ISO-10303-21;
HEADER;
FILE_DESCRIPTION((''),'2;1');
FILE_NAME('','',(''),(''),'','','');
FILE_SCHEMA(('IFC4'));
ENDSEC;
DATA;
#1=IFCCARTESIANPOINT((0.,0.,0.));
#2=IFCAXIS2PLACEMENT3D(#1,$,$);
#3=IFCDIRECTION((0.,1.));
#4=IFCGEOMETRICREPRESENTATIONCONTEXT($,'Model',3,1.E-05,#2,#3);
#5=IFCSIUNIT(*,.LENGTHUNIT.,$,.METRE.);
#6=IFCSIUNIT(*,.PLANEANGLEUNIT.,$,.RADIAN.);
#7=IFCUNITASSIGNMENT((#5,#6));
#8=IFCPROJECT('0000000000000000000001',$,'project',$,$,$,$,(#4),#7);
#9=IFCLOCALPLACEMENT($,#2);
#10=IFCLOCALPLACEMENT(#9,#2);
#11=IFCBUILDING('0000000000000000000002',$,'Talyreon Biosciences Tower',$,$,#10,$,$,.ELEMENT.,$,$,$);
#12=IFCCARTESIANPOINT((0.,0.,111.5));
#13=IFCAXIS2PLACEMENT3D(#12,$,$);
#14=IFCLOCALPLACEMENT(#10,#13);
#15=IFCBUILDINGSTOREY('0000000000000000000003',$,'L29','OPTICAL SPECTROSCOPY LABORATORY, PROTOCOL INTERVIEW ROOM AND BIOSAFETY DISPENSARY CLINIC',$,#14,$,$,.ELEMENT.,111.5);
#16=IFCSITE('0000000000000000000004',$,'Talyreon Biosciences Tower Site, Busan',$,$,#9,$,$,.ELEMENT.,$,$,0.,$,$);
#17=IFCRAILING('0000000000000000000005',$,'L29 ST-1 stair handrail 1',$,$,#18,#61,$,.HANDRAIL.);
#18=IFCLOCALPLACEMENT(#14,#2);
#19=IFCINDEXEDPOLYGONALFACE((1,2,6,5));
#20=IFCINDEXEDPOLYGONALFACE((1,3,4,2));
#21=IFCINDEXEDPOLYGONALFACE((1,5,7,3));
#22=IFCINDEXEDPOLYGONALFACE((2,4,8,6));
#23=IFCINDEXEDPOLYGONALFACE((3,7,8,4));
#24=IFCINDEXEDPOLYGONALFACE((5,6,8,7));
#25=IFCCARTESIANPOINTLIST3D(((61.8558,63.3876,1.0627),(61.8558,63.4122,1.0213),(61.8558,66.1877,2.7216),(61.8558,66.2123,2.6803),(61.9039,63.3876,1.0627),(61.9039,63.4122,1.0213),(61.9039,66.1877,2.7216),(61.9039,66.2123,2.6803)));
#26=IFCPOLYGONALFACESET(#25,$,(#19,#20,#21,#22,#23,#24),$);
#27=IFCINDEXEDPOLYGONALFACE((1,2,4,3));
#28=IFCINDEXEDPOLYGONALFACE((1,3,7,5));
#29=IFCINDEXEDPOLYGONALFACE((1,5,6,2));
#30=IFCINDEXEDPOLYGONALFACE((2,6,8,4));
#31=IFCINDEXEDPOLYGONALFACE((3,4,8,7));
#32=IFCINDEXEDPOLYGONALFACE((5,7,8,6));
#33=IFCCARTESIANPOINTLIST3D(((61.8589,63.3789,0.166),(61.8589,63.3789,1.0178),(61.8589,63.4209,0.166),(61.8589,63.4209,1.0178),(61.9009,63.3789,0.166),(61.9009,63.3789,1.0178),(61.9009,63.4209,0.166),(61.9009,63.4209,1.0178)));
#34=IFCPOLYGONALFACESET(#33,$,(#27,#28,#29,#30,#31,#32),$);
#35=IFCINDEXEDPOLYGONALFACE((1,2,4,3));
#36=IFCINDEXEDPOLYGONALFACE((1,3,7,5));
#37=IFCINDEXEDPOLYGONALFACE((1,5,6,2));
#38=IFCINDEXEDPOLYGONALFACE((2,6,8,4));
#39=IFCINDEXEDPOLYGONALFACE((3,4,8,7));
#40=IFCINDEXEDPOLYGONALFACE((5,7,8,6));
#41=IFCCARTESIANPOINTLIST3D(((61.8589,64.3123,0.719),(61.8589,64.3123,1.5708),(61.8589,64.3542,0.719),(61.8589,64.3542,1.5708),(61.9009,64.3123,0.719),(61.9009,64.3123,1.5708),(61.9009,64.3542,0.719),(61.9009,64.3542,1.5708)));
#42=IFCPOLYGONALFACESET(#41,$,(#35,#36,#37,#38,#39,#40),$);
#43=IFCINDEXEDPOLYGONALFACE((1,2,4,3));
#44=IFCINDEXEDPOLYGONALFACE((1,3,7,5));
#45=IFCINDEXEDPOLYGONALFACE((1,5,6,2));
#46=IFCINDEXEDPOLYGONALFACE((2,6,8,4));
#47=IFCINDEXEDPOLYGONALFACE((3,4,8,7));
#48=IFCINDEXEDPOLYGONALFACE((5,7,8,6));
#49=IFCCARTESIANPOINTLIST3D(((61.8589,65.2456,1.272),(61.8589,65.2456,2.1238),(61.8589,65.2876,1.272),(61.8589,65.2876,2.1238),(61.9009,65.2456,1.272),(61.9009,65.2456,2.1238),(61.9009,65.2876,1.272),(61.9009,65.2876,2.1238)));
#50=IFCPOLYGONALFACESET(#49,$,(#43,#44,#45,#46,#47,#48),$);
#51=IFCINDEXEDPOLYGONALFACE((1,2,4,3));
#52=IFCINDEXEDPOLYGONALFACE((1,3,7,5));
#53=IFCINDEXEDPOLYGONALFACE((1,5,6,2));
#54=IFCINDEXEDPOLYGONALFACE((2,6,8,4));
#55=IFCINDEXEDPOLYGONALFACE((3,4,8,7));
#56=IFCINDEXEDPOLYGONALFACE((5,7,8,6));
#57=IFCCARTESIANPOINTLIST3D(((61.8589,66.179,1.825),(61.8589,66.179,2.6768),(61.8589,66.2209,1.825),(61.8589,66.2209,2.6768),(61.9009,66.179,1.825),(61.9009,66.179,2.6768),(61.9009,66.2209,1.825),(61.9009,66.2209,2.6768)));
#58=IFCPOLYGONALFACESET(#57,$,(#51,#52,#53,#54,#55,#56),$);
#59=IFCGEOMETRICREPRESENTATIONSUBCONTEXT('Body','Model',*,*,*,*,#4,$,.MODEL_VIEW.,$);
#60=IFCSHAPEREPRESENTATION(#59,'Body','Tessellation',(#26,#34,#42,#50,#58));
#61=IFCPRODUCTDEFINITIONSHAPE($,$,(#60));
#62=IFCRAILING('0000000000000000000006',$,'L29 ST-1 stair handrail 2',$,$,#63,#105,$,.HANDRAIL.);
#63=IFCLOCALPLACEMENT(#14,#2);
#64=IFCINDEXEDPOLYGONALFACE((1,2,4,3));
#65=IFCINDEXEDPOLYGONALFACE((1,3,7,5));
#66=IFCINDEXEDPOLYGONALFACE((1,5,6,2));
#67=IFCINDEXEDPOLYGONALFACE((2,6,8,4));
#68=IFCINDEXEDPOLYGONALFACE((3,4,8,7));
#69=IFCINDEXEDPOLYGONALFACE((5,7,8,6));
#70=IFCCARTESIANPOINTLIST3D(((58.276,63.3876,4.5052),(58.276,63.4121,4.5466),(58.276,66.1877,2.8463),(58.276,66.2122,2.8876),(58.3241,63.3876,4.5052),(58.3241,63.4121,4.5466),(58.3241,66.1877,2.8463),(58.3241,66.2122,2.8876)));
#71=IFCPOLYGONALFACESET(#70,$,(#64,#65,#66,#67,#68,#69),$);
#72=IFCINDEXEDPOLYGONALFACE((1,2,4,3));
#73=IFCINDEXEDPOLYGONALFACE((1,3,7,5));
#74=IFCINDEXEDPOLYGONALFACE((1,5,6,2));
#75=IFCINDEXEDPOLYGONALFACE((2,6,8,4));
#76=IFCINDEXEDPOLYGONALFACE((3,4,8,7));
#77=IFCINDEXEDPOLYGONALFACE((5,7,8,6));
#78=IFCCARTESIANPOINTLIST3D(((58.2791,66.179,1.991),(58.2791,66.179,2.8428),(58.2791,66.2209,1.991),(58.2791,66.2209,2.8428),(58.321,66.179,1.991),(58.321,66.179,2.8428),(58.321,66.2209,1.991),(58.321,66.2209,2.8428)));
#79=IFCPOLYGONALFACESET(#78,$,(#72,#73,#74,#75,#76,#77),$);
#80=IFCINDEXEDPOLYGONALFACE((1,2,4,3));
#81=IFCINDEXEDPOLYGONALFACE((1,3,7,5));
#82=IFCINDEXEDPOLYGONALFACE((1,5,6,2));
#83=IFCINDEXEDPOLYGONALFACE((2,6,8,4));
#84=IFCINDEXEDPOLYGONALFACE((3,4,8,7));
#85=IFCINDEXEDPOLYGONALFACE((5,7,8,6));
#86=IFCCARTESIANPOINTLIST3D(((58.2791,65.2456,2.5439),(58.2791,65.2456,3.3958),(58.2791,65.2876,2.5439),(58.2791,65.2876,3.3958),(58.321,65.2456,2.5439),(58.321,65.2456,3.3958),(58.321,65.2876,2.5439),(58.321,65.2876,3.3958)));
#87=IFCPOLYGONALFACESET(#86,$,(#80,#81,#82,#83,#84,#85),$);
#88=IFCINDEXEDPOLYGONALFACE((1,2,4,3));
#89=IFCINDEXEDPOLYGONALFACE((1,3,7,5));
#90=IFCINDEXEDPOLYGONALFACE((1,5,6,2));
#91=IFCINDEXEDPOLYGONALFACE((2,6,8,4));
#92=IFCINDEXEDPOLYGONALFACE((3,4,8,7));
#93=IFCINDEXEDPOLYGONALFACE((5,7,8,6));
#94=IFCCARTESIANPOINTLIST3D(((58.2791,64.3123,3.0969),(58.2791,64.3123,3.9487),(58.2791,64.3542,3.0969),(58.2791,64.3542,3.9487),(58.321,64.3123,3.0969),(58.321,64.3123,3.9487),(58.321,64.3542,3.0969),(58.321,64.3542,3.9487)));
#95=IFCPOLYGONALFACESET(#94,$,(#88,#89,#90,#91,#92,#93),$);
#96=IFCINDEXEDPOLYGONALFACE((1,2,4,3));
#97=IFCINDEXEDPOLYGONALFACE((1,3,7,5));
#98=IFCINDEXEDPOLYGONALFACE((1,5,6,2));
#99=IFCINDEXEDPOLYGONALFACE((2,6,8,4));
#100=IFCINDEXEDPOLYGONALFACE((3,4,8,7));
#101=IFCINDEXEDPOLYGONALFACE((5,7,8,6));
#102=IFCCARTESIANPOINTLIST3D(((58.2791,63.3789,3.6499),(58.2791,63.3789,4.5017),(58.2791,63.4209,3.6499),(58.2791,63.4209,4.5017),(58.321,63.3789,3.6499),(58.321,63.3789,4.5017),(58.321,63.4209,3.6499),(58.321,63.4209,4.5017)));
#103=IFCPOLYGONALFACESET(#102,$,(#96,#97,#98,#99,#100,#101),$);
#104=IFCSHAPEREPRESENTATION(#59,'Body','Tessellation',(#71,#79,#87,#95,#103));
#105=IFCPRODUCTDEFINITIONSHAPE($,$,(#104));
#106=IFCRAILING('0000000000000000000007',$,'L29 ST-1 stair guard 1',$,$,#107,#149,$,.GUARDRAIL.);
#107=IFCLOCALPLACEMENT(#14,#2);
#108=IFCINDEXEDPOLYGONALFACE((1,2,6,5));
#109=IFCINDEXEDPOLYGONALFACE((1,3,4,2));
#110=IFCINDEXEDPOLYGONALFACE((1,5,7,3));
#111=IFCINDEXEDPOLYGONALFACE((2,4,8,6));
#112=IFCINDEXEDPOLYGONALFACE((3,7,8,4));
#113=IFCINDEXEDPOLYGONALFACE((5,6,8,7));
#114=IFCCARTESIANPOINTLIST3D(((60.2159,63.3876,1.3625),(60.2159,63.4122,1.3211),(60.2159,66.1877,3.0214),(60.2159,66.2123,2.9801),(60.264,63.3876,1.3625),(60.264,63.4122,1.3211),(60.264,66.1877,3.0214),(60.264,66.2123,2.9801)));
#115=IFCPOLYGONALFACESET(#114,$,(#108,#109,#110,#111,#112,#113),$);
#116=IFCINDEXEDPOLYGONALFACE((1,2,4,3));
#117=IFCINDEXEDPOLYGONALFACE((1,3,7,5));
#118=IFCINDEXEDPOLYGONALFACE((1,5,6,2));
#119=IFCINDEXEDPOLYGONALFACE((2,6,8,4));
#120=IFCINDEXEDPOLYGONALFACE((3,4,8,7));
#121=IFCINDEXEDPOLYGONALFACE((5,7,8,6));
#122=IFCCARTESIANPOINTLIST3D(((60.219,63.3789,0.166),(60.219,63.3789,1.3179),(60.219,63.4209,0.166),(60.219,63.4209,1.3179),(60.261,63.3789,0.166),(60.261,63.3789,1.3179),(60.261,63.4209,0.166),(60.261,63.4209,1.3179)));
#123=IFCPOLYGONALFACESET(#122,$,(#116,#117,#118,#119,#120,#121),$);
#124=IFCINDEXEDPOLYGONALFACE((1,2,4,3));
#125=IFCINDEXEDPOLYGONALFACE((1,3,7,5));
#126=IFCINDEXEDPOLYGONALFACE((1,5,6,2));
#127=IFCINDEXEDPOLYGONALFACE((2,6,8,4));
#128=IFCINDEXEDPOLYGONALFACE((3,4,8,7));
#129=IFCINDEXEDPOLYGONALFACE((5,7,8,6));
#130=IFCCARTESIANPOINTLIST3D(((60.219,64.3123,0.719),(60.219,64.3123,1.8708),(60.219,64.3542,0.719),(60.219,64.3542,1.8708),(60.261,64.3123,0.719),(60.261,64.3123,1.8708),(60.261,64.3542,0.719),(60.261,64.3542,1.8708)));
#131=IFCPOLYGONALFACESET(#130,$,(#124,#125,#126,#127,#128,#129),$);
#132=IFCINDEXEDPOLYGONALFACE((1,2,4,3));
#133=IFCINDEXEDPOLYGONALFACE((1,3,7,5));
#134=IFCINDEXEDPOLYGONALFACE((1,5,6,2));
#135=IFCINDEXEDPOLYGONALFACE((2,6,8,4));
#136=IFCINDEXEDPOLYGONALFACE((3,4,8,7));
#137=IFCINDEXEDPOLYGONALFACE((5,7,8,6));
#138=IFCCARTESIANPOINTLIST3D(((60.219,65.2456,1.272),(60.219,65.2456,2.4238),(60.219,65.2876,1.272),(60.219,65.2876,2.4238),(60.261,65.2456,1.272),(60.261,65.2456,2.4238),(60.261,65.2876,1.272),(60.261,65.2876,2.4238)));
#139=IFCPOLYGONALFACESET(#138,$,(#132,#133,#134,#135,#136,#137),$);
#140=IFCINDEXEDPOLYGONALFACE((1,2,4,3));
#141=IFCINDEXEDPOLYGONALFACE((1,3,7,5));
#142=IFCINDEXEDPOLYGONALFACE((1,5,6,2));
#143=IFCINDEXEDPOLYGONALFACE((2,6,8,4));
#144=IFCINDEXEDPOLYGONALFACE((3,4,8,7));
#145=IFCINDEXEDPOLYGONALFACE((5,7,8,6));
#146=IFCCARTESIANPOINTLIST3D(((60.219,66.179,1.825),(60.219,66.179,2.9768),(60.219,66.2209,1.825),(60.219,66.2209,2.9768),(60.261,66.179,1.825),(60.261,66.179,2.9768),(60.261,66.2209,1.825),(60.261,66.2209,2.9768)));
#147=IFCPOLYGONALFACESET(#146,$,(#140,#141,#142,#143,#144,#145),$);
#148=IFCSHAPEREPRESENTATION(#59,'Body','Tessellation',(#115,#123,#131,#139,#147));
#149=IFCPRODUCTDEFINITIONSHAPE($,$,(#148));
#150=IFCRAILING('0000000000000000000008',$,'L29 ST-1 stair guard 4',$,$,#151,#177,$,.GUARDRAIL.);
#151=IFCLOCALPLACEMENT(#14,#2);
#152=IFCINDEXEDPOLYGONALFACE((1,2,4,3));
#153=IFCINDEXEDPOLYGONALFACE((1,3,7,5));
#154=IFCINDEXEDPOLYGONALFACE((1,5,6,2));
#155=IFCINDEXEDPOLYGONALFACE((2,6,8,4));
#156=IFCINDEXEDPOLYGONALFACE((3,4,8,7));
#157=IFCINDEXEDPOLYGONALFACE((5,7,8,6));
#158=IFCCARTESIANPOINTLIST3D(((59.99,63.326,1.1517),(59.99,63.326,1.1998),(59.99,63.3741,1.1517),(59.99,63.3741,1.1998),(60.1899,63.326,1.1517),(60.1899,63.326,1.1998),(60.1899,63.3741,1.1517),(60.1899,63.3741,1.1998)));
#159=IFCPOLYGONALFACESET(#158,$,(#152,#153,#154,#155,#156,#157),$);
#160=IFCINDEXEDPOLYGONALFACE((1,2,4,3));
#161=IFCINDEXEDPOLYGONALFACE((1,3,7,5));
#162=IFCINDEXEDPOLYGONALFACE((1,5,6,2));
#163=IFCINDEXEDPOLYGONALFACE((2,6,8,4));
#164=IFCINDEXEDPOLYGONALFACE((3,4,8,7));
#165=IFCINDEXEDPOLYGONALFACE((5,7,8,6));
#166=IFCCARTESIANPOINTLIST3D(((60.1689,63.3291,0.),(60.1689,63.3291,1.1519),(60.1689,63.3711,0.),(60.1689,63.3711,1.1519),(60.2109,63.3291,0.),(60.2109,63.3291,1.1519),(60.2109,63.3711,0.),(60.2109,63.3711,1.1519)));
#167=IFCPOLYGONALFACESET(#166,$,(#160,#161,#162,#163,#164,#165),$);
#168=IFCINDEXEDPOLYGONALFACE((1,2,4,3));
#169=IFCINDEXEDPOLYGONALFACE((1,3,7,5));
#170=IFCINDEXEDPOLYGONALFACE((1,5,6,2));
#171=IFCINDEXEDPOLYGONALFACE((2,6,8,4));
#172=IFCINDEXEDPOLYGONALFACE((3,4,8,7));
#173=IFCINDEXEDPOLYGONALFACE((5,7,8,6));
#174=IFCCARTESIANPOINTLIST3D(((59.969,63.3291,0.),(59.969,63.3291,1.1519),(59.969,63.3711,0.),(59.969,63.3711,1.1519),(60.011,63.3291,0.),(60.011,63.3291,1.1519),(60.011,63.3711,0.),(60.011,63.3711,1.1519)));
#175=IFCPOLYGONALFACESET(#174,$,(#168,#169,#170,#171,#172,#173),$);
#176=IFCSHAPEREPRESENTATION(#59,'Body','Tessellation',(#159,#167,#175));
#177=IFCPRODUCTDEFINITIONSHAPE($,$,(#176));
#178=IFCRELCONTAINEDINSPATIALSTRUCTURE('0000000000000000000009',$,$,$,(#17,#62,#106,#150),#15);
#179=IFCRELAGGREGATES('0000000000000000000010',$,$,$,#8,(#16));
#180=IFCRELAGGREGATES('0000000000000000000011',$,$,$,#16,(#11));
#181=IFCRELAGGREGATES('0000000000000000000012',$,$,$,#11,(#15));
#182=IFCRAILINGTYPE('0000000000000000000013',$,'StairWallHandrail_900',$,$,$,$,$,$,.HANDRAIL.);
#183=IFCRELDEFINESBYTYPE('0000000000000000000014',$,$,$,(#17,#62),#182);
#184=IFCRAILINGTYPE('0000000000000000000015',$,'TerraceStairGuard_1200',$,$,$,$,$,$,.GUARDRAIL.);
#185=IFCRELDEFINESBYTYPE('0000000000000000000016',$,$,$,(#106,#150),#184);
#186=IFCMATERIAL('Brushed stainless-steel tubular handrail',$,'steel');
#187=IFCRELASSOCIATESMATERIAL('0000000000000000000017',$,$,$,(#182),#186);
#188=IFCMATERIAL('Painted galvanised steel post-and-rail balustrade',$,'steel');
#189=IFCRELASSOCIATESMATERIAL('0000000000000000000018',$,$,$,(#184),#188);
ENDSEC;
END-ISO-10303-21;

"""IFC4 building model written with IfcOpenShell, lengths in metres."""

from ifc_helpers import new_model, si_unit, direction, frame, origin, origin_2d, place, context, subcontext, project, spatial, rectangle, extrude, material, type_object, element, save


model = new_model("IFC4")

# Units and contexts
model_context = context("Model", 3, precision=1e-05, world=origin(), true_north=direction((0.0, 1.0)))
body_context = subcontext(model_context, "Body", "Model", "MODEL_VIEW")
ifc_project = project(units=[si_unit("LENGTHUNIT", "METRE"), si_unit("PLANEANGLEUNIT", "RADIAN")], contexts=[model_context])

# Site, building, storey
site_placement = place(None, origin())
site = spatial("IfcSite", under=ifc_project, at=site_placement, Name="Talyreon Biosciences Tower Site, Busan", CompositionType="ELEMENT", RefElevation=0.0)
building_placement = place(site_placement, origin())
building = spatial("IfcBuilding", under=site, at=building_placement, Name="Talyreon Biosciences Tower", CompositionType="ELEMENT")
storey_placement = place(building_placement, frame((0.0, 0.0, 111.5)))
storey = spatial("IfcBuildingStorey", under=building, at=storey_placement, Name="L29", Description="OPTICAL SPECTROSCOPY LABORATORY, PROTOCOL INTERVIEW ROOM AND BIOSAFETY DISPENSARY CLINIC", CompositionType="ELEMENT", Elevation=111.5)

# Railings
ifc_material_1 = material(Name="Brushed stainless-steel tubular handrail", Category="steel")
railing_type_1 = type_object("IfcRailingType", Name="StairWallHandrail_900", PredefinedType="HANDRAIL", material=ifc_material_1)
railing_1_placement = place(storey_placement, frame((61.8799, 63.3999, 0.166)))
element("IfcRailing", 1, at=railing_1_placement, inside=storey, type_object=railing_type_1, Name="L29 ST-1 stair handrail 1", PredefinedType="HANDRAIL", context=body_context, shape_type="SweptSolid", body=[
    extrude(rectangle(XDim=0.0481, YDim=0.0481, at=origin_2d()), frame((0.0, 0.0, 0.876), z_axis=(0.0, 0.860339, 0.509722), x_axis=(-1.0, 0.0, 0.0)), (0.0, 0.0, 1.0), 3.2546),
    extrude(rectangle(XDim=0.042, YDim=0.042, at=origin_2d()), origin(), (0.0, 0.0, 1.0), 0.8518),
    extrude(rectangle(XDim=0.042, YDim=0.042, at=origin_2d()), frame((0.0, 0.9333, 0.553)), (0.0, 0.0, 1.0), 0.8518),
    extrude(rectangle(XDim=0.042, YDim=0.042, at=origin_2d()), frame((0.0, 1.8667, 1.106)), (0.0, 0.0, 1.0), 0.8518),
    extrude(rectangle(XDim=0.042, YDim=0.042, at=origin_2d()), frame((0.0, 2.8, 1.6589)), (0.0, 0.0, 1.0), 0.8518),
])
railing_2_placement = place(storey_placement, frame((58.3, 66.2, 1.991)))
element("IfcRailing", 2, at=railing_2_placement, inside=storey, type_object=railing_type_1, Name="L29 ST-1 stair handrail 2", PredefinedType="HANDRAIL", context=body_context, shape_type="SweptSolid", body=[
    extrude(rectangle(XDim=0.0481, YDim=0.0481, at=origin_2d()), frame((0.0, 0.0, 0.876), z_axis=(0.0, -0.860339, 0.509722), x_axis=(1.0, 0.0, 0.0)), (0.0, 0.0, 1.0), 3.2546),
    extrude(rectangle(XDim=0.042, YDim=0.042, at=origin_2d()), origin(), (0.0, 0.0, 1.0), 0.8518),
    extrude(rectangle(XDim=0.042, YDim=0.042, at=origin_2d()), frame((0.0, -0.9333, 0.553)), (0.0, 0.0, 1.0), 0.8518),
    extrude(rectangle(XDim=0.042, YDim=0.042, at=origin_2d()), frame((0.0, -1.8667, 1.106)), (0.0, 0.0, 1.0), 0.8518),
    extrude(rectangle(XDim=0.042, YDim=0.042, at=origin_2d()), frame((0.0, -2.8, 1.6589)), (0.0, 0.0, 1.0), 0.8518),
])
ifc_material_2 = material(Name="Painted galvanised steel post-and-rail balustrade", Category="steel")
railing_type_2 = type_object("IfcRailingType", Name="TerraceStairGuard_1200", PredefinedType="GUARDRAIL", material=ifc_material_2)
railing_3_placement = place(storey_placement, frame((60.24, 63.3999, 0.166)))
element("IfcRailing", 3, at=railing_3_placement, inside=storey, type_object=railing_type_2, Name="L29 ST-1 stair guard 1", PredefinedType="GUARDRAIL", context=body_context, shape_type="SweptSolid", body=[
    extrude(rectangle(XDim=0.0481, YDim=0.0481, at=origin_2d()), frame((0.0, 0.0, 1.1758), z_axis=(0.0, 0.860339, 0.509722), x_axis=(-1.0, 0.0, 0.0)), (0.0, 0.0, 1.0), 3.2546),
    extrude(rectangle(XDim=0.042, YDim=0.042, at=origin_2d()), origin(), (0.0, 0.0, 1.0), 1.1519),
    extrude(rectangle(XDim=0.042, YDim=0.042, at=origin_2d()), frame((0.0, 0.9333, 0.553)), (0.0, 0.0, 1.0), 1.1519),
    extrude(rectangle(XDim=0.042, YDim=0.042, at=origin_2d()), frame((0.0, 1.8667, 1.106)), (0.0, 0.0, 1.0), 1.1519),
    extrude(rectangle(XDim=0.042, YDim=0.042, at=origin_2d()), frame((0.0, 2.8, 1.6589)), (0.0, 0.0, 1.0), 1.1519),
])
railing_4_placement = place(storey_placement, frame((60.1899, 63.3501, 0.0)))
element("IfcRailing", 4, at=railing_4_placement, inside=storey, type_object=railing_type_2, Name="L29 ST-1 stair guard 4", PredefinedType="GUARDRAIL", context=body_context, shape_type="SweptSolid", body=[
    extrude(rectangle(XDim=0.0481, YDim=0.0481, at=origin_2d()), frame((0.0, 0.0, 1.1758), z_axis=(-1.0, 0.0, 0.0), x_axis=(0.0, -1.0, 0.0)), (0.0, 0.0, 1.0), 0.2),
    extrude(rectangle(XDim=0.042, YDim=0.042, at=origin_2d()), origin(), (0.0, 0.0, 1.0), 1.1519),
    extrude(rectangle(XDim=0.042, YDim=0.042, at=origin_2d()), frame((-0.2, 0.0, 0.0)), (0.0, 0.0, 1.0), 1.1519),
])

save(model, "model.ifc")
